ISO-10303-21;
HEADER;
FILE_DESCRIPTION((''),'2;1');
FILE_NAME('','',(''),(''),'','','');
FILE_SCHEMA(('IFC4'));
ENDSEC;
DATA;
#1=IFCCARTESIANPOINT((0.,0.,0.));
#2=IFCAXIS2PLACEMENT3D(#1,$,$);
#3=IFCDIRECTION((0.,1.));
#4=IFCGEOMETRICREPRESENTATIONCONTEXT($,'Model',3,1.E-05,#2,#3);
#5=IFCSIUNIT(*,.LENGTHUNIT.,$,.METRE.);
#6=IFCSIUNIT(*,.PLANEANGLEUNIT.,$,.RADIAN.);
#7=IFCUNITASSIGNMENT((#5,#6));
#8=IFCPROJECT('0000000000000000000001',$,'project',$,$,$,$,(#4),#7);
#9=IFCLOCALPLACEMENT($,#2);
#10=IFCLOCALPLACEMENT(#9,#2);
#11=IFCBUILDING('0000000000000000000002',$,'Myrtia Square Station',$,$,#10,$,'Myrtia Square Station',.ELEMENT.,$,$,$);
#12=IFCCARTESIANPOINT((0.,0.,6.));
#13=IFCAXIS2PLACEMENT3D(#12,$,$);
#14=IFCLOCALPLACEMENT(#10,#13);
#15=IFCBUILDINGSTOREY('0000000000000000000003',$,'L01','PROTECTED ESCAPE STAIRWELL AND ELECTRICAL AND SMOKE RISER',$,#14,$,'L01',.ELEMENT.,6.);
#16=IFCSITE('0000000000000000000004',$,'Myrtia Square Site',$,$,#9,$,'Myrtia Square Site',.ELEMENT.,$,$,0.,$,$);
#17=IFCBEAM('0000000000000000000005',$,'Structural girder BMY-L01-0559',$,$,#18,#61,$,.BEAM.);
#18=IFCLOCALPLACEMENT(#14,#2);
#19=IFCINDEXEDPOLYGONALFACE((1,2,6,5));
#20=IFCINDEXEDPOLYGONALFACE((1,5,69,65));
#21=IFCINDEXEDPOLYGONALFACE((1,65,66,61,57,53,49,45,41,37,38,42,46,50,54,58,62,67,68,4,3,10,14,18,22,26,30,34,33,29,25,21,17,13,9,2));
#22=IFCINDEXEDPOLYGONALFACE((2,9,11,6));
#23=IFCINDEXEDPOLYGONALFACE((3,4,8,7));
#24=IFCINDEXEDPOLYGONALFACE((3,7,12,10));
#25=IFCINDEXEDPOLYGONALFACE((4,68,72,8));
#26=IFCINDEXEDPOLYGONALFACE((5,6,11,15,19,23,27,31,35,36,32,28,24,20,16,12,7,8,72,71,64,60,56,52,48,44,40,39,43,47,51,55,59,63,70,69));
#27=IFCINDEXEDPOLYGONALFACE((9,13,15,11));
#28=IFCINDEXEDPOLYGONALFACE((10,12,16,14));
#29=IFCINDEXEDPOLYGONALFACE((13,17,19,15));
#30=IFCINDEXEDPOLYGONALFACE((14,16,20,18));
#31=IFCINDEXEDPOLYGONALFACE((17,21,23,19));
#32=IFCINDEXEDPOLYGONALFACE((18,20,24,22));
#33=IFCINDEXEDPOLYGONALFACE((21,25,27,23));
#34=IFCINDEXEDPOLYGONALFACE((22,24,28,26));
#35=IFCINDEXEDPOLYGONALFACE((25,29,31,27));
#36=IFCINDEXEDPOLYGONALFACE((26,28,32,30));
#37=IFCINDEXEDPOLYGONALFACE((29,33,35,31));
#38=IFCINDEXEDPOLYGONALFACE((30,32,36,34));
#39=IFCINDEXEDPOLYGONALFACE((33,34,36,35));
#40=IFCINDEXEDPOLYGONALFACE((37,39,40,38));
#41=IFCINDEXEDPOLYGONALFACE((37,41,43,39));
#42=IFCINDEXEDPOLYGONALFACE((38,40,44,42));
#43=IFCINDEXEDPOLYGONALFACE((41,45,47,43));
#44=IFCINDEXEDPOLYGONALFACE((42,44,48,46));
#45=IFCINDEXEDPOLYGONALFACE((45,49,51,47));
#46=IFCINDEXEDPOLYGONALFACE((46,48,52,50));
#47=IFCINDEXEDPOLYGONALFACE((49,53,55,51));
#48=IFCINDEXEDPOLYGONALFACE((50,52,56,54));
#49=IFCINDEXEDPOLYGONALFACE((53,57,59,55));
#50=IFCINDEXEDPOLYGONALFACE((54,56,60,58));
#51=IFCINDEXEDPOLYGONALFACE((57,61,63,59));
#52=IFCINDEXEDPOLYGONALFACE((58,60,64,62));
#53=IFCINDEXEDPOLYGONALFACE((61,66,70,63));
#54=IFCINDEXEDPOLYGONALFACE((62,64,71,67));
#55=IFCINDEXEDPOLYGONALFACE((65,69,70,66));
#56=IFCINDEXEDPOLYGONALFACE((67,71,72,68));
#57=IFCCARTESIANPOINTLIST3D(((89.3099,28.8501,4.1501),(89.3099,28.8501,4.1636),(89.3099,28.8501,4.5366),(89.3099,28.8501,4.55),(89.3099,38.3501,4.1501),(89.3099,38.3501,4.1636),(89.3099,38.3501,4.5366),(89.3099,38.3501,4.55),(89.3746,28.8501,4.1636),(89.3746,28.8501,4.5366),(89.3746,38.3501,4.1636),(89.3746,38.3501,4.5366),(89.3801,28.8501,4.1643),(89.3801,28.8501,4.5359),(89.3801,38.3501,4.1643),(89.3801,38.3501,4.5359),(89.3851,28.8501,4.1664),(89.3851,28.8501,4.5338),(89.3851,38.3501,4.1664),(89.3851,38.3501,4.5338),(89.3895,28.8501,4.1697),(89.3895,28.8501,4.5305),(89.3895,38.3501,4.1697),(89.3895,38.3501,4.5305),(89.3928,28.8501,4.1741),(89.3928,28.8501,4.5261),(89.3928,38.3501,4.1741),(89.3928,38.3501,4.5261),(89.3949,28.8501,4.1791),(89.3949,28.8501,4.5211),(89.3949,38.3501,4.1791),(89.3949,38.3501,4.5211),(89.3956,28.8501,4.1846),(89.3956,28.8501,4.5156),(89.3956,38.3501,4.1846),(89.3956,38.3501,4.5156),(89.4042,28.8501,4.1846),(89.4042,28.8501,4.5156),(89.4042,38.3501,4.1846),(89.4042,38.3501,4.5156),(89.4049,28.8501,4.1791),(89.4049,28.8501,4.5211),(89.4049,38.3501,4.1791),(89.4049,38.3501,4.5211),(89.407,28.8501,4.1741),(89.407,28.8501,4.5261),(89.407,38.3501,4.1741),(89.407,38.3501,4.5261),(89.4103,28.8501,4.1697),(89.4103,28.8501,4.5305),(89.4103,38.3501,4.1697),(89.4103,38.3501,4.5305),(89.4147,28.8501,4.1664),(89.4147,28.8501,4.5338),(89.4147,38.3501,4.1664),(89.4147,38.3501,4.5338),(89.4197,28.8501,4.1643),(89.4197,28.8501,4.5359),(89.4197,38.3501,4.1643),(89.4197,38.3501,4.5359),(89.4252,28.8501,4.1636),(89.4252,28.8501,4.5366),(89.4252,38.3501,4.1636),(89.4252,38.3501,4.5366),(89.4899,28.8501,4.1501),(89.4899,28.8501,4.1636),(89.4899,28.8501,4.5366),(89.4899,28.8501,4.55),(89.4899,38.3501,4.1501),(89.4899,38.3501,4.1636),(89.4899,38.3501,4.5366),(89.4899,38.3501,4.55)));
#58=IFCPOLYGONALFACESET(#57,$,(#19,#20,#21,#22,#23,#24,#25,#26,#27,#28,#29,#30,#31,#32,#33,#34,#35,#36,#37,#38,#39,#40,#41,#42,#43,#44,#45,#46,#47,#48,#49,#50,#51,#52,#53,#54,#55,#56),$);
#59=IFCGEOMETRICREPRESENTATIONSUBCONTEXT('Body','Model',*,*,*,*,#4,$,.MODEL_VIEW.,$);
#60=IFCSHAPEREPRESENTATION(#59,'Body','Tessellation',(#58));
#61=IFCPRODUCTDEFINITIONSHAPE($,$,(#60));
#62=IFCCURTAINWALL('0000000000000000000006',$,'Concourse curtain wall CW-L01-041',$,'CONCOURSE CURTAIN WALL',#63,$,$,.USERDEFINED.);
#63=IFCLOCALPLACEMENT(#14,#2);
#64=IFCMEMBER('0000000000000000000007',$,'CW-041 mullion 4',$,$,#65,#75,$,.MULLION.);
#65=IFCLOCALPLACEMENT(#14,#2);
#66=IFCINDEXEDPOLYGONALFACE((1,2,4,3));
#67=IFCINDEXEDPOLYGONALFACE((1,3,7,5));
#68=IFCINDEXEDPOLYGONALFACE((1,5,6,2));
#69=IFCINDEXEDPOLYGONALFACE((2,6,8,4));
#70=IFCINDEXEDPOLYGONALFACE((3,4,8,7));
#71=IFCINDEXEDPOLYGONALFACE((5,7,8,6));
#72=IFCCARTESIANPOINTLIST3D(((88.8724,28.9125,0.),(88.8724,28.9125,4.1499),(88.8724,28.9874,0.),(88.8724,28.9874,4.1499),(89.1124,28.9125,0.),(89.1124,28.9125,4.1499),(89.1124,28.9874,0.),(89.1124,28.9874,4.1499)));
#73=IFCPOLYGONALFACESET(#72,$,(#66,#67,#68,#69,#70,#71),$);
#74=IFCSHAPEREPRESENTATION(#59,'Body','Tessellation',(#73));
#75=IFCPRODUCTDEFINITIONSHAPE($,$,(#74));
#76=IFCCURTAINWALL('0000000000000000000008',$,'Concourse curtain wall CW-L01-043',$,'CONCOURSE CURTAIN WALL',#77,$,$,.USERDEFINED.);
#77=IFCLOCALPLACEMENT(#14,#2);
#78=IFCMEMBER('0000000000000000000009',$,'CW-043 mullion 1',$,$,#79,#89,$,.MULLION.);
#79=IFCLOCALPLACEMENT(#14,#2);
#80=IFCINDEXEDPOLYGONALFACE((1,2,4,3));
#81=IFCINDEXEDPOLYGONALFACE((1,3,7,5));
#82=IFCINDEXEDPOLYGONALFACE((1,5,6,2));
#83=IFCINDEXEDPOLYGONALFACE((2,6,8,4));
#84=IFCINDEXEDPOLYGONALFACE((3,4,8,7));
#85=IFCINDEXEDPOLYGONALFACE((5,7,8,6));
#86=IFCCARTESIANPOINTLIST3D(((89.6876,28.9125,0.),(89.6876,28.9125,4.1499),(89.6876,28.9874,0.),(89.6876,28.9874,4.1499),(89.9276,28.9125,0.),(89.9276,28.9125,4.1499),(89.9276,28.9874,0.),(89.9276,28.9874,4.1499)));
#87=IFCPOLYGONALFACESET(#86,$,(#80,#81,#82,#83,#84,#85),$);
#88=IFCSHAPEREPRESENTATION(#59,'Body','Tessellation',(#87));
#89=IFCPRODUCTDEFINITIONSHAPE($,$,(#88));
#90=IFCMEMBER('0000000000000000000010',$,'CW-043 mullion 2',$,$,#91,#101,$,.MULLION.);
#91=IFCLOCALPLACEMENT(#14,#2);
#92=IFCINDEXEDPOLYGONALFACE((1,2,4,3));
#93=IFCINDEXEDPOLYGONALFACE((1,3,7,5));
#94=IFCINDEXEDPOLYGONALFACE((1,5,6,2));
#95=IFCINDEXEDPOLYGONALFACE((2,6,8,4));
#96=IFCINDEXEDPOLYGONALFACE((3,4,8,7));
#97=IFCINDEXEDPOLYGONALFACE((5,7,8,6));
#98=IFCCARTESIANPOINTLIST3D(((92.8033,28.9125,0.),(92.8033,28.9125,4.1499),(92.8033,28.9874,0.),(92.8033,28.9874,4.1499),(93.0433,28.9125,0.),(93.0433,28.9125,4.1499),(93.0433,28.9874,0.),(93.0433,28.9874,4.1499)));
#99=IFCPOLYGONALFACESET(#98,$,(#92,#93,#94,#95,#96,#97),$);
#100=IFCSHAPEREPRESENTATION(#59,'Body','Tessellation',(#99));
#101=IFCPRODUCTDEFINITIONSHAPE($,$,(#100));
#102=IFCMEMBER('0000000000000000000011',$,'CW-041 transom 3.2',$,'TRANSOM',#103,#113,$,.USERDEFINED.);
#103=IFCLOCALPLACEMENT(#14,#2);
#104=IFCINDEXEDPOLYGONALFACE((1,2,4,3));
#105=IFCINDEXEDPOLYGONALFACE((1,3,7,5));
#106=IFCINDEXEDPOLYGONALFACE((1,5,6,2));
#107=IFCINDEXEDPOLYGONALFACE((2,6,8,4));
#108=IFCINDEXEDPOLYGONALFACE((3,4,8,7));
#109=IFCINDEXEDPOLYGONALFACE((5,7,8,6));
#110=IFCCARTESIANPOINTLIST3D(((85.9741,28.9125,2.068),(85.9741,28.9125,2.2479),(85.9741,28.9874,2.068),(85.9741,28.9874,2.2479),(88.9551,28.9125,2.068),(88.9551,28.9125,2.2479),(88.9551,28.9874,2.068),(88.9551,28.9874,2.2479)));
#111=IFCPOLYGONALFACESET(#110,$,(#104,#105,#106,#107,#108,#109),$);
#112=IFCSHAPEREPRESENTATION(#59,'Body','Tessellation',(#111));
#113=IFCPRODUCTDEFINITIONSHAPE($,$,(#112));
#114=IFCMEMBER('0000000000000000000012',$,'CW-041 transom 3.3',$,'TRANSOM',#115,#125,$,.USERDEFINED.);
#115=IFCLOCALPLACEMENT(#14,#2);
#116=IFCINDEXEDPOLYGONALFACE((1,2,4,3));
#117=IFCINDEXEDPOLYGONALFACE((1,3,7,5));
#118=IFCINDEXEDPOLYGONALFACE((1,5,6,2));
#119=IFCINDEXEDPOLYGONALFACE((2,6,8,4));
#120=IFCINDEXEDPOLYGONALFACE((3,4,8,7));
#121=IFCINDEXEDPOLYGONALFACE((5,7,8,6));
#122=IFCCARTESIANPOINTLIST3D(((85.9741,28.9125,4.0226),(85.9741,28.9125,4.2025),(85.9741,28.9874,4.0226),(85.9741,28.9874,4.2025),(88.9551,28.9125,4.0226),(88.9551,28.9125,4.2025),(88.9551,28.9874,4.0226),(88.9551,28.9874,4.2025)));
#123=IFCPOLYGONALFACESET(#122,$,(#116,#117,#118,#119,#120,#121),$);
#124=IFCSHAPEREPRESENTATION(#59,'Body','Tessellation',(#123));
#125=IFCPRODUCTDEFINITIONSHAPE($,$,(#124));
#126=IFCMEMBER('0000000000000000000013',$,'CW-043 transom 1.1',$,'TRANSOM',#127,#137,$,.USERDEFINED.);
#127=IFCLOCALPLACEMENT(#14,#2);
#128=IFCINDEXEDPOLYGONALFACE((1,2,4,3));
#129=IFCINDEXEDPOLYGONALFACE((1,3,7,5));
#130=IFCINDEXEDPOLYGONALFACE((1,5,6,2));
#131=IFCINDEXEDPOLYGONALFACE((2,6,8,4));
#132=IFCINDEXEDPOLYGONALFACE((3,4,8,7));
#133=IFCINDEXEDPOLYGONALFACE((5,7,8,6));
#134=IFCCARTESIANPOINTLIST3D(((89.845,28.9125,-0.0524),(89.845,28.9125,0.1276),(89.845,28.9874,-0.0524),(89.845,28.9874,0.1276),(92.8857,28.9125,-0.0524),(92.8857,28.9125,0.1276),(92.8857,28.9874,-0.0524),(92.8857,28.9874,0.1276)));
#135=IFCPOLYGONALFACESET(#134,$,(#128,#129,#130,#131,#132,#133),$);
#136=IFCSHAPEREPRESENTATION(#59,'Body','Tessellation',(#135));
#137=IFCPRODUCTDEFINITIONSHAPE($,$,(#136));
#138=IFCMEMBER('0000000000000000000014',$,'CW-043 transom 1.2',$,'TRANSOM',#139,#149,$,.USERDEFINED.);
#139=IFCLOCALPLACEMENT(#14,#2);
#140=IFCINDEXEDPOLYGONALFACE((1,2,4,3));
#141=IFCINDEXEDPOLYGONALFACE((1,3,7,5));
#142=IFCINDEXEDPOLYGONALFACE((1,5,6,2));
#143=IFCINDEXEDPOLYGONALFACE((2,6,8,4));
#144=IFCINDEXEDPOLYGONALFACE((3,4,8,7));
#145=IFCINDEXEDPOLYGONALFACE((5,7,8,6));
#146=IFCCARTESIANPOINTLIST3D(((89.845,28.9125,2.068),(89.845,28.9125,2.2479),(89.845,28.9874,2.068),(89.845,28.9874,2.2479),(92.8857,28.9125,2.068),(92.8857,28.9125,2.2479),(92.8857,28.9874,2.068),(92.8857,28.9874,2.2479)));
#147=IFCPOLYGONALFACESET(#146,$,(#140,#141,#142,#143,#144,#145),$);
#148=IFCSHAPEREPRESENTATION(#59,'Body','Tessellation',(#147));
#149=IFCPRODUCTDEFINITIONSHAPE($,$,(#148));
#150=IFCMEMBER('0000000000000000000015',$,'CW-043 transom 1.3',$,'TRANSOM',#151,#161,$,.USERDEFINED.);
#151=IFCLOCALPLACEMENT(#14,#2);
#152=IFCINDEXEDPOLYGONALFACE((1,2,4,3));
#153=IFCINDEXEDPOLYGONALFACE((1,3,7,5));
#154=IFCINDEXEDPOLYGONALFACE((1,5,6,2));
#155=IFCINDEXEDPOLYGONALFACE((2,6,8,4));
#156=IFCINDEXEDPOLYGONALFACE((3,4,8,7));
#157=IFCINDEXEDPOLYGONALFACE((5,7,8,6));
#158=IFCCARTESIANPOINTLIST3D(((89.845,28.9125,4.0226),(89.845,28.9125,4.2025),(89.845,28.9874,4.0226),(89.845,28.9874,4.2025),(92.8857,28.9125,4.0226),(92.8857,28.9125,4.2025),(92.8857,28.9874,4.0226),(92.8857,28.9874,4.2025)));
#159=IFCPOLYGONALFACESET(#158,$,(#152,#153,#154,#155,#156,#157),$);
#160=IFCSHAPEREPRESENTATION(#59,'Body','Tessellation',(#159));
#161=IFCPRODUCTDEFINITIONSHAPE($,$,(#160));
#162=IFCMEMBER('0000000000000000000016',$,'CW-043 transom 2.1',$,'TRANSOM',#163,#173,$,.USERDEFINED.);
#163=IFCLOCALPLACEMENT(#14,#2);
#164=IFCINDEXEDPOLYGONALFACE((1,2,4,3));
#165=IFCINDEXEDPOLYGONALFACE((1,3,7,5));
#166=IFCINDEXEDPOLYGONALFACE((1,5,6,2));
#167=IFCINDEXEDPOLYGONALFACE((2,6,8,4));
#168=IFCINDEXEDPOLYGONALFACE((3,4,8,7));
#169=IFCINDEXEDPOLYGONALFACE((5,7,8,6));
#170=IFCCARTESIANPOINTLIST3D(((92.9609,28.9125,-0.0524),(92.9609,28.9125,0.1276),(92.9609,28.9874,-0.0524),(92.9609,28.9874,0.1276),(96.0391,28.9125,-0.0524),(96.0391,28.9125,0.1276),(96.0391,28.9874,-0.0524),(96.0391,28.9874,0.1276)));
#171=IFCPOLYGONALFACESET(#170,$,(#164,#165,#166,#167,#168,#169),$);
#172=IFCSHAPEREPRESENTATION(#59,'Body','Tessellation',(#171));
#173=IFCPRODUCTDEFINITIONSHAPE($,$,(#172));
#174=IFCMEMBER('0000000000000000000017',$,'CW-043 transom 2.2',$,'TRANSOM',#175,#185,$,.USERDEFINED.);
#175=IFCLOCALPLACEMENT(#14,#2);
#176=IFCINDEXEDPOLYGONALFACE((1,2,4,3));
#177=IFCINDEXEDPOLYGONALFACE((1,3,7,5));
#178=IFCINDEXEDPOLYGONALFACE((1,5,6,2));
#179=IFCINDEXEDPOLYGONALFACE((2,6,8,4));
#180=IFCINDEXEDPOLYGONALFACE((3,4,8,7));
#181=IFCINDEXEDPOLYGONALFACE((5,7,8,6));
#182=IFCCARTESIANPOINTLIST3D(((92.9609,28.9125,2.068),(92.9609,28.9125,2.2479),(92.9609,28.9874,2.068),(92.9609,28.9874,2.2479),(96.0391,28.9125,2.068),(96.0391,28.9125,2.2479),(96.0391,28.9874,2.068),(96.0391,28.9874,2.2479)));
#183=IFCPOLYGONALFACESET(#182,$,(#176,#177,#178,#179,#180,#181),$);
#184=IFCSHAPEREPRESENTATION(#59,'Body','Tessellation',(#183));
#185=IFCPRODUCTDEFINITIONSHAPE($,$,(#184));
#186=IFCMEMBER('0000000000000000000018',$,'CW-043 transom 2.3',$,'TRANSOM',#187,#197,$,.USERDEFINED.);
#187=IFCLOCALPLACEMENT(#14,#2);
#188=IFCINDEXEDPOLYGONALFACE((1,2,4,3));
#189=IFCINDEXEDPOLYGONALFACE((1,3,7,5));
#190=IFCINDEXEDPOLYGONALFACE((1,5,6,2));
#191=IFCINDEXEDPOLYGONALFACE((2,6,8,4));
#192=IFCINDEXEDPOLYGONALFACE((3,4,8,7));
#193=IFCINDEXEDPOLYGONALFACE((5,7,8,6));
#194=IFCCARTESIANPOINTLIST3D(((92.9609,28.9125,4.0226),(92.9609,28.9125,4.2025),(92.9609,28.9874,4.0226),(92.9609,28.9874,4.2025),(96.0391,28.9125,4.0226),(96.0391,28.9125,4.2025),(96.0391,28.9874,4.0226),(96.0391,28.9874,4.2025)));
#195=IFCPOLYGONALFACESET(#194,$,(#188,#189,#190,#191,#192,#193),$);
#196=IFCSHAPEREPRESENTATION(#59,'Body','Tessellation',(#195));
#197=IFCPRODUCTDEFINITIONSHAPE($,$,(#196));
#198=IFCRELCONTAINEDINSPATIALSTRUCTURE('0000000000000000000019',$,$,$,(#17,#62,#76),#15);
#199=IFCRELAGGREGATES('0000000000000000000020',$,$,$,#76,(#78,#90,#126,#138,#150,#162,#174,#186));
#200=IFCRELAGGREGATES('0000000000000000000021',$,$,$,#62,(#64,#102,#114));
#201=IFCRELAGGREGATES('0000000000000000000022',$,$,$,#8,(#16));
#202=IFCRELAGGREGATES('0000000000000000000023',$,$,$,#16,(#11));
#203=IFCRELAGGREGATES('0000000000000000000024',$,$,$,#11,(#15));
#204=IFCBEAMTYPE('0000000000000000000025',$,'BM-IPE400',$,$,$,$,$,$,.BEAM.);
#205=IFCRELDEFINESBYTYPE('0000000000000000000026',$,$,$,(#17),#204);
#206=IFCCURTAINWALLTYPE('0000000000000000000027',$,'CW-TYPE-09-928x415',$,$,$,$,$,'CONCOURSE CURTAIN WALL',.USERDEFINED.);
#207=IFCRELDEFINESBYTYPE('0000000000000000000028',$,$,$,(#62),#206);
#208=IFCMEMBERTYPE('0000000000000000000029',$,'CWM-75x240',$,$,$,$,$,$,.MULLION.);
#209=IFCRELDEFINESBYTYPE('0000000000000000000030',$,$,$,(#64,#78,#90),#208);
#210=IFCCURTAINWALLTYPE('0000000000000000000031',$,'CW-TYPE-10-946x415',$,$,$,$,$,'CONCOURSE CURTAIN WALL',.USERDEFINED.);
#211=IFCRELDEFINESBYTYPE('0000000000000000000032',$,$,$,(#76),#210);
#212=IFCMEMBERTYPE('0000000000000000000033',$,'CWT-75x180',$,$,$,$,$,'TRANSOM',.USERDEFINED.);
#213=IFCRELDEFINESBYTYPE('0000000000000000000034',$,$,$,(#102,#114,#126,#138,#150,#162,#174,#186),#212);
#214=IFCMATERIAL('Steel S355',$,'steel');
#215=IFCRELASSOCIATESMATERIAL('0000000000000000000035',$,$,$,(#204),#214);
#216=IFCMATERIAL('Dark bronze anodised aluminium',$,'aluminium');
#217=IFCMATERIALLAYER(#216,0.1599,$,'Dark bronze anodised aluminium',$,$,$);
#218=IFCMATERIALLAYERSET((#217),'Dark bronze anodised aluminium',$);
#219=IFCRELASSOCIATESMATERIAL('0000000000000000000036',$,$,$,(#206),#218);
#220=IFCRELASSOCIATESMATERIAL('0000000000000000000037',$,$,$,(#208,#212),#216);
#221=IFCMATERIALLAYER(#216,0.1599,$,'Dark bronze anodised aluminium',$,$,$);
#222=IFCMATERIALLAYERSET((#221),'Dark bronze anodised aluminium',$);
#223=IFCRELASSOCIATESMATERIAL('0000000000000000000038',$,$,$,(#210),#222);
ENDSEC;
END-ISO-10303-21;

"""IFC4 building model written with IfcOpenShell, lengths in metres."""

from ifc_helpers import new_model, si_unit, direction, frame, origin, origin_2d, place, context, subcontext, project, spatial, rectangle, i_section, extrude, material, layer, layer_set, material_profile, profile_set, type_object, element, aggregate, save


model = new_model("IFC4")

# Units and contexts
model_context = context("Model", 3, precision=1e-05, world=origin(), true_north=direction((0.0, 1.0)))
body_context = subcontext(model_context, "Body", "Model", "MODEL_VIEW")
ifc_project = project(units=[si_unit("LENGTHUNIT", "METRE"), si_unit("PLANEANGLEUNIT", "RADIAN")], contexts=[model_context])

# Site, building, storey
site_placement = place(None, origin())
site = spatial("IfcSite", under=ifc_project, at=site_placement, Name="Myrtia Square Site", LongName="Myrtia Square Site", CompositionType="ELEMENT", RefElevation=0.0)
building_placement = place(site_placement, origin())
building = spatial("IfcBuilding", under=site, at=building_placement, Name="Myrtia Square Station", LongName="Myrtia Square Station", CompositionType="ELEMENT")
storey_placement = place(building_placement, frame((0.0, 0.0, 6.0)))
storey = spatial("IfcBuildingStorey", under=building, at=storey_placement, Name="L01", Description="PROTECTED ESCAPE STAIRWELL AND ELECTRICAL AND SMOKE RISER", LongName="L01", CompositionType="ELEMENT", Elevation=6.0)

# Beam
ifc_material_1 = material(Name="Steel S355", Category="steel")
ifc_material_profile_1 = material_profile(ifc_material_1, i_section(OverallWidth=0.1799, OverallDepth=0.3999, WebThickness=0.0085, FlangeThickness=0.0134, FilletRadius=0.021, at=origin_2d()), Name="IPE 400")
ifc_profile_set_1 = profile_set([ifc_material_profile_1], Name="Steel S355")
beam_type = type_object("IfcBeamType", Name="BM-IPE400", PredefinedType="BEAM", material=ifc_profile_set_1)
beam_placement = place(storey_placement, frame((89.3999, 28.8501, 4.3501), z_axis=(0.0, 1.0, 0.0), x_axis=(-1.0, 0.0, 0.0)))
element("IfcBeam", 1, at=beam_placement, inside=storey, type_object=beam_type, Name="Structural girder BMY-L01-0559", PredefinedType="BEAM", context=body_context, shape_type="SweptSolid", body=[
    extrude(i_section(OverallWidth=0.1799, OverallDepth=0.3999, WebThickness=0.0085, FlangeThickness=0.0134, FilletRadius=0.021, at=origin_2d()), origin(), (0.0, 0.0, 1.0), 9.5),
])

# Curtain wall, member
ifc_material_2 = material(Name="Dark bronze anodised aluminium", Category="aluminium")
ifc_layer_1 = layer(ifc_material_2, 0.1599, Name="Dark bronze anodised aluminium")
ifc_layer_set_1 = layer_set([ifc_layer_1], Name="Dark bronze anodised aluminium")
curtain_wall_type_1 = type_object("IfcCurtainWallType", Name="CW-TYPE-09-928x415", ElementType="CONCOURSE CURTAIN WALL", PredefinedType="USERDEFINED", material=ifc_layer_set_1)
curtain_wall_1_placement = place(storey_placement, origin())
curtain_wall_1 = element("IfcCurtainWall", 2, at=curtain_wall_1_placement, inside=storey, type_object=curtain_wall_type_1, Name="Concourse curtain wall CW-L01-041", ObjectType="CONCOURSE CURTAIN WALL", PredefinedType="USERDEFINED")
ifc_material_profile_2 = material_profile(ifc_material_2, rectangle(XDim=0.075, YDim=0.24, at=origin_2d()), Name="ALU-M 75x240")
ifc_profile_set_2 = profile_set([ifc_material_profile_2], Name="Dark bronze anodised aluminium")
member_type_1 = type_object("IfcMemberType", Name="CWM-75x240", PredefinedType="MULLION", material=ifc_profile_set_2)
member_1_placement = place(storey_placement, frame((88.9924, 28.95, 0.0), z_axis=(0.0, 0.0, 1.0), x_axis=(0.0, 1.0, 0.0)))
member_1 = element("IfcMember", 3, at=member_1_placement, type_object=member_type_1, Name="CW-041 mullion 4", PredefinedType="MULLION", context=body_context, shape_type="SweptSolid", body=[
    extrude(rectangle(XDim=0.075, YDim=0.24, at=origin_2d()), origin(), (0.0, 0.0, 1.0), 4.1499),
])

# Curtain wall, members
ifc_layer_2 = layer(ifc_material_2, 0.1599, Name="Dark bronze anodised aluminium")
ifc_layer_set_2 = layer_set([ifc_layer_2], Name="Dark bronze anodised aluminium")
curtain_wall_type_2 = type_object("IfcCurtainWallType", Name="CW-TYPE-10-946x415", ElementType="CONCOURSE CURTAIN WALL", PredefinedType="USERDEFINED", material=ifc_layer_set_2)
curtain_wall_2_placement = place(storey_placement, origin())
curtain_wall_2 = element("IfcCurtainWall", 4, at=curtain_wall_2_placement, inside=storey, type_object=curtain_wall_type_2, Name="Concourse curtain wall CW-L01-043", ObjectType="CONCOURSE CURTAIN WALL", PredefinedType="USERDEFINED")
member_2_placement = place(storey_placement, frame((89.8076, 28.95, 0.0), z_axis=(0.0, 0.0, 1.0), x_axis=(0.0, 1.0, 0.0)))
member_2 = element("IfcMember", 5, at=member_2_placement, type_object=member_type_1, Name="CW-043 mullion 1", PredefinedType="MULLION", context=body_context, shape_type="SweptSolid", body=[
    extrude(rectangle(XDim=0.075, YDim=0.24, at=origin_2d()), origin(), (0.0, 0.0, 1.0), 4.1499),
])
member_3_placement = place(storey_placement, frame((92.9233, 28.95, 0.0), z_axis=(0.0, 0.0, 1.0), x_axis=(0.0, 1.0, 0.0)))
member_3 = element("IfcMember", 6, at=member_3_placement, type_object=member_type_1, Name="CW-043 mullion 2", PredefinedType="MULLION", context=body_context, shape_type="SweptSolid", body=[
    extrude(rectangle(XDim=0.075, YDim=0.24, at=origin_2d()), origin(), (0.0, 0.0, 1.0), 4.1499),
])

# Members
ifc_material_profile_3 = material_profile(ifc_material_2, rectangle(XDim=0.075, YDim=0.1799, at=origin_2d()), Name="ALU-T 75x180")
ifc_profile_set_3 = profile_set([ifc_material_profile_3], Name="Dark bronze anodised aluminium")
member_type_2 = type_object("IfcMemberType", Name="CWT-75x180", ElementType="TRANSOM", PredefinedType="USERDEFINED", material=ifc_profile_set_3)
member_4_placement = place(storey_placement, frame((85.9741, 28.95, 2.158), z_axis=(1.0, 0.0, 0.0), x_axis=(0.0, 1.0, 0.0)))
member_4 = element("IfcMember", 7, at=member_4_placement, type_object=member_type_2, Name="CW-041 transom 3.2", ObjectType="TRANSOM", PredefinedType="USERDEFINED", context=body_context, shape_type="SweptSolid", body=[
    extrude(rectangle(XDim=0.075, YDim=0.1799, at=origin_2d()), origin(), (0.0, 0.0, 1.0), 2.981),
])
member_5_placement = place(storey_placement, frame((85.9741, 28.95, 4.1125), z_axis=(1.0, 0.0, 0.0), x_axis=(0.0, 1.0, 0.0)))
member_5 = element("IfcMember", 8, at=member_5_placement, type_object=member_type_2, Name="CW-041 transom 3.3", ObjectType="TRANSOM", PredefinedType="USERDEFINED", context=body_context, shape_type="SweptSolid", body=[
    extrude(rectangle(XDim=0.075, YDim=0.1799, at=origin_2d()), origin(), (0.0, 0.0, 1.0), 2.981),
])
member_6_placement = place(storey_placement, frame((89.845, 28.95, 0.0376), z_axis=(1.0, 0.0, 0.0), x_axis=(0.0, 1.0, 0.0)))
member_6 = element("IfcMember", 9, at=member_6_placement, type_object=member_type_2, Name="CW-043 transom 1.1", ObjectType="TRANSOM", PredefinedType="USERDEFINED", context=body_context, shape_type="SweptSolid", body=[
    extrude(rectangle(XDim=0.075, YDim=0.1799, at=origin_2d()), origin(), (0.0, 0.0, 1.0), 3.0408),
])
member_7_placement = place(storey_placement, frame((89.845, 28.95, 2.158), z_axis=(1.0, 0.0, 0.0), x_axis=(0.0, 1.0, 0.0)))
member_7 = element("IfcMember", 10, at=member_7_placement, type_object=member_type_2, Name="CW-043 transom 1.2", ObjectType="TRANSOM", PredefinedType="USERDEFINED", context=body_context, shape_type="SweptSolid", body=[
    extrude(rectangle(XDim=0.075, YDim=0.1799, at=origin_2d()), origin(), (0.0, 0.0, 1.0), 3.0408),
])
member_8_placement = place(storey_placement, frame((89.845, 28.95, 4.1125), z_axis=(1.0, 0.0, 0.0), x_axis=(0.0, 1.0, 0.0)))
member_8 = element("IfcMember", 11, at=member_8_placement, type_object=member_type_2, Name="CW-043 transom 1.3", ObjectType="TRANSOM", PredefinedType="USERDEFINED", context=body_context, shape_type="SweptSolid", body=[
    extrude(rectangle(XDim=0.075, YDim=0.1799, at=origin_2d()), origin(), (0.0, 0.0, 1.0), 3.0408),
])
member_9_placement = place(storey_placement, frame((92.9609, 28.95, 0.0376), z_axis=(1.0, 0.0, 0.0), x_axis=(0.0, 1.0, 0.0)))
member_9 = element("IfcMember", 12, at=member_9_placement, type_object=member_type_2, Name="CW-043 transom 2.1", ObjectType="TRANSOM", PredefinedType="USERDEFINED", context=body_context, shape_type="SweptSolid", body=[
    extrude(rectangle(XDim=0.075, YDim=0.1799, at=origin_2d()), origin(), (0.0, 0.0, 1.0), 3.0781),
])
member_10_placement = place(storey_placement, frame((92.9609, 28.95, 2.158), z_axis=(1.0, 0.0, 0.0), x_axis=(0.0, 1.0, 0.0)))
member_10 = element("IfcMember", 13, at=member_10_placement, type_object=member_type_2, Name="CW-043 transom 2.2", ObjectType="TRANSOM", PredefinedType="USERDEFINED", context=body_context, shape_type="SweptSolid", body=[
    extrude(rectangle(XDim=0.075, YDim=0.1799, at=origin_2d()), origin(), (0.0, 0.0, 1.0), 3.0781),
])
member_11_placement = place(storey_placement, frame((92.9609, 28.95, 4.1125), z_axis=(1.0, 0.0, 0.0), x_axis=(0.0, 1.0, 0.0)))
member_11 = element("IfcMember", 14, at=member_11_placement, type_object=member_type_2, Name="CW-043 transom 2.3", ObjectType="TRANSOM", PredefinedType="USERDEFINED", context=body_context, shape_type="SweptSolid", body=[
    extrude(rectangle(XDim=0.075, YDim=0.1799, at=origin_2d()), origin(), (0.0, 0.0, 1.0), 3.0781),
])

aggregate(curtain_wall_2, [member_2, member_3, member_6, member_7, member_8, member_9, member_10, member_11])
aggregate(curtain_wall_1, [member_1, member_4, member_5])

save(model, "model.ifc")
